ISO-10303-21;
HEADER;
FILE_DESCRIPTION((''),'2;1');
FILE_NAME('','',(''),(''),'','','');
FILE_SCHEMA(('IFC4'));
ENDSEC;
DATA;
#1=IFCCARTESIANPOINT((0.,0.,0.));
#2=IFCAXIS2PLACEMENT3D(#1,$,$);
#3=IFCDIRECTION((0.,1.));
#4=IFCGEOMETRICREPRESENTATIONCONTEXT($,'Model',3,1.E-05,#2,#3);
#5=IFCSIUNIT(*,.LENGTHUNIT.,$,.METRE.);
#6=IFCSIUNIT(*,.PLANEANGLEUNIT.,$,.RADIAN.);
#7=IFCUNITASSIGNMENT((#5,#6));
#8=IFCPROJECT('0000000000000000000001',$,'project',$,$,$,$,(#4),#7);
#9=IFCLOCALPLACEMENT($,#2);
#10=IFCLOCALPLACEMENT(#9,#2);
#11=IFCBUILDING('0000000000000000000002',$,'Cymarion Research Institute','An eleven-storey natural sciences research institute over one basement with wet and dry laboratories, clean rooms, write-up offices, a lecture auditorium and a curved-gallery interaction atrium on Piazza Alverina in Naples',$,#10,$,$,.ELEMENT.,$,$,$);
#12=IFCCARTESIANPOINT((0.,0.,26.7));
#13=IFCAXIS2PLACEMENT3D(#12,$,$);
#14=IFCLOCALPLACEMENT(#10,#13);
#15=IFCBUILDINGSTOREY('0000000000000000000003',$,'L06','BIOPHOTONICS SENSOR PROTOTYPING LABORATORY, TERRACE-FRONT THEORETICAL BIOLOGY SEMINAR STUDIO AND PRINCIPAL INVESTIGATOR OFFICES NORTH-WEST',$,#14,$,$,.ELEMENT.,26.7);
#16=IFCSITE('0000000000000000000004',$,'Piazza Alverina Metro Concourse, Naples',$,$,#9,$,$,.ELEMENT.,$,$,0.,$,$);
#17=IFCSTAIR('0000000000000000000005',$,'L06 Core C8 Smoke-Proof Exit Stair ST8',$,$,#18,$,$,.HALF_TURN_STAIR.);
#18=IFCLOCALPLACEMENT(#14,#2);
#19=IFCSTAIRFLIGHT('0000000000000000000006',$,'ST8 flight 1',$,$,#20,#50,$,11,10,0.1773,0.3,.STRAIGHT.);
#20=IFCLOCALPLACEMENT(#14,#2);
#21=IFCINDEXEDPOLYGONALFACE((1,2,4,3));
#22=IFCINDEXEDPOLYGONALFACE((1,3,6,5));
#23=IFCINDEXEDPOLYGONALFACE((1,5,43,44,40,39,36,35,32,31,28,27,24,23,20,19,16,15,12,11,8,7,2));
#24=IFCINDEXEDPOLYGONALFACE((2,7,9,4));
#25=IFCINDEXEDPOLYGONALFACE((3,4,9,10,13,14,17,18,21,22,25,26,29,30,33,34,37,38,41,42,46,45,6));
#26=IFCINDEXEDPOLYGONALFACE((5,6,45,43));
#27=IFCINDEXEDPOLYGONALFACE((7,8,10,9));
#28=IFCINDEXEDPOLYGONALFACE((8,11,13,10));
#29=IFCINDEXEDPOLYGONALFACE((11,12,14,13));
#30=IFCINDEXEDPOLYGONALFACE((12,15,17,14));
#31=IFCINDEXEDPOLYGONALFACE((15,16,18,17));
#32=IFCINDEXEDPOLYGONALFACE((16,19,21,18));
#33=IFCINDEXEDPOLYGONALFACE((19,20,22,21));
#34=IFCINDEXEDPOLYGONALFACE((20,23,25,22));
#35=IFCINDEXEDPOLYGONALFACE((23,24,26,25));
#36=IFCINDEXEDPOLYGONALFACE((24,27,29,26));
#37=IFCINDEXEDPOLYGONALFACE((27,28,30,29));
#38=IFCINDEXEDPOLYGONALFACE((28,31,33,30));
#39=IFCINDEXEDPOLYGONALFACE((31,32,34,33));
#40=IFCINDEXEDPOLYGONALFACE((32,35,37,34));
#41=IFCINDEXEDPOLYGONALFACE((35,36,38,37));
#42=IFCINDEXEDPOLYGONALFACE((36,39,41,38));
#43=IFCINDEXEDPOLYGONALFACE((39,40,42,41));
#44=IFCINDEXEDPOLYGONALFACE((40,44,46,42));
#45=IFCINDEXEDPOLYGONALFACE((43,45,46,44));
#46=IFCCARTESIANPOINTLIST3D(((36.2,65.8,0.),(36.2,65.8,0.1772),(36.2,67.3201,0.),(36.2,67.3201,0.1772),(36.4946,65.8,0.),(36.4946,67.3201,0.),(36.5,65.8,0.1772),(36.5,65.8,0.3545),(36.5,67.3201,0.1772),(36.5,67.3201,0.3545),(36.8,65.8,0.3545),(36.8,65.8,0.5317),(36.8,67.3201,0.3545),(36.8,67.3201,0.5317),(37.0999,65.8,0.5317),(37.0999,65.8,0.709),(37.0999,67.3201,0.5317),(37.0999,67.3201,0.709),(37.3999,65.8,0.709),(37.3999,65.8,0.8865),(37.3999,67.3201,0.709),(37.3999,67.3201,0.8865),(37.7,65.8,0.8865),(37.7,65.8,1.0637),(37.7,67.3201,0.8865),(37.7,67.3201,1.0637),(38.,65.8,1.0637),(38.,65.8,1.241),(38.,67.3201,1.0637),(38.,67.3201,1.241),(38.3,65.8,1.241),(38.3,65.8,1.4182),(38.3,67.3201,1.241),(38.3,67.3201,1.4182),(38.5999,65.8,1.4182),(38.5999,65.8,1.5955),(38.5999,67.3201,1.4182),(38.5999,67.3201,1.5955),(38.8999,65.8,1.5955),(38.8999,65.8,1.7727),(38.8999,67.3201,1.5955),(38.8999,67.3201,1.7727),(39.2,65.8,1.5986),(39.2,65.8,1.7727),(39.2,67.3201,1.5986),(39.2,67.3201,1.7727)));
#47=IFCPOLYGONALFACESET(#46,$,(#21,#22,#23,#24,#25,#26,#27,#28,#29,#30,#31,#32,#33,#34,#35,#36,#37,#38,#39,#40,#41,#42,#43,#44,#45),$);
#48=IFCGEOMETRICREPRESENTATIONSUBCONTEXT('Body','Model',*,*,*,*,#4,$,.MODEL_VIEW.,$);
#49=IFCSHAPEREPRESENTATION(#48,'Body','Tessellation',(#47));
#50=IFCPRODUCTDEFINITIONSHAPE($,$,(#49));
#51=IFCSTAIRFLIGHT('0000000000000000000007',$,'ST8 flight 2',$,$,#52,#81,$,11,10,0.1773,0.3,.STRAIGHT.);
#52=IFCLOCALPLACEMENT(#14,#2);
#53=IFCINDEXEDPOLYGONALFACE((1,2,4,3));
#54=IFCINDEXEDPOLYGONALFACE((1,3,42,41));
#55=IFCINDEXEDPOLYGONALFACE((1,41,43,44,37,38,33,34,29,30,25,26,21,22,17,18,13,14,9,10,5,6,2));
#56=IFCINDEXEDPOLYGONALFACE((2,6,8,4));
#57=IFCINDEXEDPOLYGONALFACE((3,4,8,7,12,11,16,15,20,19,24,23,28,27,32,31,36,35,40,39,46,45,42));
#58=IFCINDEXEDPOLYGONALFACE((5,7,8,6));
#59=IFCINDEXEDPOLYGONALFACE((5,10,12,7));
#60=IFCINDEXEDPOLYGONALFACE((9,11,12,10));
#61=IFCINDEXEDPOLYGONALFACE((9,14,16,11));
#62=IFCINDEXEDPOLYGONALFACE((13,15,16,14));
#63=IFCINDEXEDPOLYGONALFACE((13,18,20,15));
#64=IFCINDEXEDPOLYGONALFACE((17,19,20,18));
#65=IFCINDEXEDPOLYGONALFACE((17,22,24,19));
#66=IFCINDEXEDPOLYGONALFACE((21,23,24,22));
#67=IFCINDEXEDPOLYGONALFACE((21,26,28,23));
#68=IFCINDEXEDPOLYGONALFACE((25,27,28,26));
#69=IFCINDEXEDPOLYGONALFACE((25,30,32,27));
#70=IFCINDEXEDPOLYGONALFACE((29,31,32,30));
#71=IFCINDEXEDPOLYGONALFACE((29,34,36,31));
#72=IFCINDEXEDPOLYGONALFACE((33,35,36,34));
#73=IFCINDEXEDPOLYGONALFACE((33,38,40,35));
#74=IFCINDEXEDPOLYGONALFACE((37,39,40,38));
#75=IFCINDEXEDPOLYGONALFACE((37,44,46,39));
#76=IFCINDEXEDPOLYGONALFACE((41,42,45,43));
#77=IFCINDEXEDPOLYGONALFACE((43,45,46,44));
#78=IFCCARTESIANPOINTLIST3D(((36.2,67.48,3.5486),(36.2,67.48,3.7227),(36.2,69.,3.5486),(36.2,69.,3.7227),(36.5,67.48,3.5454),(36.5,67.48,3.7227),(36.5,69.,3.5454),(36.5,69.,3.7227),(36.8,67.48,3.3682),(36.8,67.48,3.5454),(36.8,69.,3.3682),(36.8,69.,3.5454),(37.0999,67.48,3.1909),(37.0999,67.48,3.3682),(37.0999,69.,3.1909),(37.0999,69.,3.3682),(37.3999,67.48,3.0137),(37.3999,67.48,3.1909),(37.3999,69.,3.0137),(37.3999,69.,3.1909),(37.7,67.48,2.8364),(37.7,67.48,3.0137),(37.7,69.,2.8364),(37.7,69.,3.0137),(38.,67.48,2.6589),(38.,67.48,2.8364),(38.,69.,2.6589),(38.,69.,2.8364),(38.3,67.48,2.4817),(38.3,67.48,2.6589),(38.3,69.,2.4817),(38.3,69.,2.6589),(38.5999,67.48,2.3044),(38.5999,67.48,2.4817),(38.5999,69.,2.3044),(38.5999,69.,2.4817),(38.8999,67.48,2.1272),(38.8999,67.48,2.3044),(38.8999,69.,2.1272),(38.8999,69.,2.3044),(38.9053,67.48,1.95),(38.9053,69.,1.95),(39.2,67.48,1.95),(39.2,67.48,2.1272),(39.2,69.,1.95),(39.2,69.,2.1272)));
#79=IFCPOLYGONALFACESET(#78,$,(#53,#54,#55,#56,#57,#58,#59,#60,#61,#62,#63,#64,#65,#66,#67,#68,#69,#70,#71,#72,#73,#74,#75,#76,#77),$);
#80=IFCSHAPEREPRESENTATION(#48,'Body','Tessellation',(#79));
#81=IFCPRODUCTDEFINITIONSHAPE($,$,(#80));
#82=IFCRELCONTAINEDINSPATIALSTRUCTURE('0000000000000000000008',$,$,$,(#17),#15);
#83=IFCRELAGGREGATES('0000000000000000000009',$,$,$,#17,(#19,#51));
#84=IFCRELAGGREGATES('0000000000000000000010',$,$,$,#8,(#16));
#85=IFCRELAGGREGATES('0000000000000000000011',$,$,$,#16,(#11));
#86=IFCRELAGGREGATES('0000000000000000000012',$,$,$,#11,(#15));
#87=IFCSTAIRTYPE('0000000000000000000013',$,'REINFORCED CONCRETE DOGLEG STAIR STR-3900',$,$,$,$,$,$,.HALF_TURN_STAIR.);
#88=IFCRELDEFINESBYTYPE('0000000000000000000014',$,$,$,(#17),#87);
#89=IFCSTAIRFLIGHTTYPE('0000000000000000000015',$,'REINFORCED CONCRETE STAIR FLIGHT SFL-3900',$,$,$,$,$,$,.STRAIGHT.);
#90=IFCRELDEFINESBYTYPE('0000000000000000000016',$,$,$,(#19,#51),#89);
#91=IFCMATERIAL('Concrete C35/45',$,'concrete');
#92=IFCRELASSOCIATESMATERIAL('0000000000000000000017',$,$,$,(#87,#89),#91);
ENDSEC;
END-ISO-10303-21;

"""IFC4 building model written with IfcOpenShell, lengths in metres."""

from ifc_helpers import new_model, si_unit, direction, frame, origin, place, context, subcontext, project, spatial, polyline, outline, extrude, material, type_object, element, aggregate, save


model = new_model("IFC4")

# Units and contexts
model_context = context("Model", 3, precision=1e-05, world=origin(), true_north=direction((0.0, 1.0)))
body_context = subcontext(model_context, "Body", "Model", "MODEL_VIEW")
ifc_project = project(units=[si_unit("LENGTHUNIT", "METRE"), si_unit("PLANEANGLEUNIT", "RADIAN")], contexts=[model_context])

# Site, building, storey
site_placement = place(None, origin())
site = spatial("IfcSite", under=ifc_project, at=site_placement, Name="Piazza Alverina Metro Concourse, Naples", CompositionType="ELEMENT", RefElevation=0.0)
building_placement = place(site_placement, origin())
building = spatial("IfcBuilding", under=site, at=building_placement, Name="Cymarion Research Institute", Description="An eleven-storey natural sciences research institute over one basement with wet and dry laboratories, clean rooms, write-up offices, a lecture auditorium and a curved-gallery interaction atrium on Piazza Alverina in Naples", CompositionType="ELEMENT")
storey_placement = place(building_placement, frame((0.0, 0.0, 26.7)))
storey = spatial("IfcBuildingStorey", under=building, at=storey_placement, Name="L06", Description="BIOPHOTONICS SENSOR PROTOTYPING LABORATORY, TERRACE-FRONT THEORETICAL BIOLOGY SEMINAR STUDIO AND PRINCIPAL INVESTIGATOR OFFICES NORTH-WEST", CompositionType="ELEMENT", Elevation=26.7)

# Stair, stair flights
ifc_material_1 = material(Name="Concrete C35/45", Category="concrete")
stair_type = type_object("IfcStairType", Name="REINFORCED CONCRETE DOGLEG STAIR STR-3900", PredefinedType="HALF_TURN_STAIR", material=ifc_material_1)
stair_placement = place(storey_placement, origin())
stair = element("IfcStair", 1, at=stair_placement, inside=storey, type_object=stair_type, Name="L06 Core C8 Smoke-Proof Exit Stair ST8", PredefinedType="HALF_TURN_STAIR")
stair_flight_type = type_object("IfcStairFlightType", Name="REINFORCED CONCRETE STAIR FLIGHT SFL-3900", PredefinedType="STRAIGHT", material=ifc_material_1)
stair_flight_1_placement = place(storey_placement, frame((36.2, 66.5601, 0.0), z_axis=(0.0, 0.0, 1.0), x_axis=(1.0, 0.0, 0.0)))
stair_flight_1 = element("IfcStairFlight", 2, at=stair_flight_1_placement, type_object=stair_flight_type, Name="ST8 flight 1", NumberOfRisers=11, NumberOfTreads=10, PredefinedType="STRAIGHT", RiserHeight=0.1773, TreadLength=0.3, context=body_context, shape_type="SweptSolid", body=[
    extrude(outline(polyline([(0.0, 0.0), (0.0, 0.1772), (0.3, 0.1772), (0.3, 0.3545), (0.6001, 0.3545), (0.6001, 0.5317), (0.8999, 0.5317), (0.8999, 0.709), (1.2, 0.709), (1.2, 0.8865), (1.5, 0.8865), (1.5, 1.0637), (1.8, 1.0637), (1.8, 1.241), (2.1001, 1.241), (2.1001, 1.4182), (2.3999, 1.4182), (2.3999, 1.5955), (2.7, 1.5955), (2.7, 1.7727), (3.0, 1.7727), (3.0, 1.95), (3.0, 1.5986), (0.2947, 0.0), (0.0, 0.0)])), frame((0.0, 0.76, 0.0), z_axis=(0.0, -1.0, 0.0), x_axis=(1.0, 0.0, 0.0)), (0.0, 0.0, 1.0), 1.52),
])
stair_flight_2_placement = place(storey_placement, frame((39.2, 68.24, 1.95), z_axis=(0.0, 0.0, 1.0), x_axis=(-1.0, 0.0, 0.0)))
stair_flight_2 = element("IfcStairFlight", 3, at=stair_flight_2_placement, type_object=stair_flight_type, Name="ST8 flight 2", NumberOfRisers=11, NumberOfTreads=10, PredefinedType="STRAIGHT", RiserHeight=0.1773, TreadLength=0.3, context=body_context, shape_type="SweptSolid", body=[
    extrude(outline(polyline([(0.0, 0.0), (0.0, 0.1772), (0.3, 0.1772), (0.3, 0.3545), (0.6001, 0.3545), (0.6001, 0.5317), (0.8999, 0.5317), (0.8999, 0.709), (1.2, 0.709), (1.2, 0.8865), (1.5, 0.8865), (1.5, 1.0637), (1.8, 1.0637), (1.8, 1.241), (2.1001, 1.241), (2.1001, 1.4182), (2.3999, 1.4182), (2.3999, 1.5955), (2.7, 1.5955), (2.7, 1.7727), (3.0, 1.7727), (3.0, 1.95), (3.0, 1.5986), (0.2947, 0.0), (0.0, 0.0)])), frame((0.0, 0.76, 0.0), z_axis=(0.0, -1.0, 0.0), x_axis=(1.0, 0.0, 0.0)), (0.0, 0.0, 1.0), 1.52),
])
aggregate(stair, [stair_flight_1, stair_flight_2])

save(model, "model.ifc")
